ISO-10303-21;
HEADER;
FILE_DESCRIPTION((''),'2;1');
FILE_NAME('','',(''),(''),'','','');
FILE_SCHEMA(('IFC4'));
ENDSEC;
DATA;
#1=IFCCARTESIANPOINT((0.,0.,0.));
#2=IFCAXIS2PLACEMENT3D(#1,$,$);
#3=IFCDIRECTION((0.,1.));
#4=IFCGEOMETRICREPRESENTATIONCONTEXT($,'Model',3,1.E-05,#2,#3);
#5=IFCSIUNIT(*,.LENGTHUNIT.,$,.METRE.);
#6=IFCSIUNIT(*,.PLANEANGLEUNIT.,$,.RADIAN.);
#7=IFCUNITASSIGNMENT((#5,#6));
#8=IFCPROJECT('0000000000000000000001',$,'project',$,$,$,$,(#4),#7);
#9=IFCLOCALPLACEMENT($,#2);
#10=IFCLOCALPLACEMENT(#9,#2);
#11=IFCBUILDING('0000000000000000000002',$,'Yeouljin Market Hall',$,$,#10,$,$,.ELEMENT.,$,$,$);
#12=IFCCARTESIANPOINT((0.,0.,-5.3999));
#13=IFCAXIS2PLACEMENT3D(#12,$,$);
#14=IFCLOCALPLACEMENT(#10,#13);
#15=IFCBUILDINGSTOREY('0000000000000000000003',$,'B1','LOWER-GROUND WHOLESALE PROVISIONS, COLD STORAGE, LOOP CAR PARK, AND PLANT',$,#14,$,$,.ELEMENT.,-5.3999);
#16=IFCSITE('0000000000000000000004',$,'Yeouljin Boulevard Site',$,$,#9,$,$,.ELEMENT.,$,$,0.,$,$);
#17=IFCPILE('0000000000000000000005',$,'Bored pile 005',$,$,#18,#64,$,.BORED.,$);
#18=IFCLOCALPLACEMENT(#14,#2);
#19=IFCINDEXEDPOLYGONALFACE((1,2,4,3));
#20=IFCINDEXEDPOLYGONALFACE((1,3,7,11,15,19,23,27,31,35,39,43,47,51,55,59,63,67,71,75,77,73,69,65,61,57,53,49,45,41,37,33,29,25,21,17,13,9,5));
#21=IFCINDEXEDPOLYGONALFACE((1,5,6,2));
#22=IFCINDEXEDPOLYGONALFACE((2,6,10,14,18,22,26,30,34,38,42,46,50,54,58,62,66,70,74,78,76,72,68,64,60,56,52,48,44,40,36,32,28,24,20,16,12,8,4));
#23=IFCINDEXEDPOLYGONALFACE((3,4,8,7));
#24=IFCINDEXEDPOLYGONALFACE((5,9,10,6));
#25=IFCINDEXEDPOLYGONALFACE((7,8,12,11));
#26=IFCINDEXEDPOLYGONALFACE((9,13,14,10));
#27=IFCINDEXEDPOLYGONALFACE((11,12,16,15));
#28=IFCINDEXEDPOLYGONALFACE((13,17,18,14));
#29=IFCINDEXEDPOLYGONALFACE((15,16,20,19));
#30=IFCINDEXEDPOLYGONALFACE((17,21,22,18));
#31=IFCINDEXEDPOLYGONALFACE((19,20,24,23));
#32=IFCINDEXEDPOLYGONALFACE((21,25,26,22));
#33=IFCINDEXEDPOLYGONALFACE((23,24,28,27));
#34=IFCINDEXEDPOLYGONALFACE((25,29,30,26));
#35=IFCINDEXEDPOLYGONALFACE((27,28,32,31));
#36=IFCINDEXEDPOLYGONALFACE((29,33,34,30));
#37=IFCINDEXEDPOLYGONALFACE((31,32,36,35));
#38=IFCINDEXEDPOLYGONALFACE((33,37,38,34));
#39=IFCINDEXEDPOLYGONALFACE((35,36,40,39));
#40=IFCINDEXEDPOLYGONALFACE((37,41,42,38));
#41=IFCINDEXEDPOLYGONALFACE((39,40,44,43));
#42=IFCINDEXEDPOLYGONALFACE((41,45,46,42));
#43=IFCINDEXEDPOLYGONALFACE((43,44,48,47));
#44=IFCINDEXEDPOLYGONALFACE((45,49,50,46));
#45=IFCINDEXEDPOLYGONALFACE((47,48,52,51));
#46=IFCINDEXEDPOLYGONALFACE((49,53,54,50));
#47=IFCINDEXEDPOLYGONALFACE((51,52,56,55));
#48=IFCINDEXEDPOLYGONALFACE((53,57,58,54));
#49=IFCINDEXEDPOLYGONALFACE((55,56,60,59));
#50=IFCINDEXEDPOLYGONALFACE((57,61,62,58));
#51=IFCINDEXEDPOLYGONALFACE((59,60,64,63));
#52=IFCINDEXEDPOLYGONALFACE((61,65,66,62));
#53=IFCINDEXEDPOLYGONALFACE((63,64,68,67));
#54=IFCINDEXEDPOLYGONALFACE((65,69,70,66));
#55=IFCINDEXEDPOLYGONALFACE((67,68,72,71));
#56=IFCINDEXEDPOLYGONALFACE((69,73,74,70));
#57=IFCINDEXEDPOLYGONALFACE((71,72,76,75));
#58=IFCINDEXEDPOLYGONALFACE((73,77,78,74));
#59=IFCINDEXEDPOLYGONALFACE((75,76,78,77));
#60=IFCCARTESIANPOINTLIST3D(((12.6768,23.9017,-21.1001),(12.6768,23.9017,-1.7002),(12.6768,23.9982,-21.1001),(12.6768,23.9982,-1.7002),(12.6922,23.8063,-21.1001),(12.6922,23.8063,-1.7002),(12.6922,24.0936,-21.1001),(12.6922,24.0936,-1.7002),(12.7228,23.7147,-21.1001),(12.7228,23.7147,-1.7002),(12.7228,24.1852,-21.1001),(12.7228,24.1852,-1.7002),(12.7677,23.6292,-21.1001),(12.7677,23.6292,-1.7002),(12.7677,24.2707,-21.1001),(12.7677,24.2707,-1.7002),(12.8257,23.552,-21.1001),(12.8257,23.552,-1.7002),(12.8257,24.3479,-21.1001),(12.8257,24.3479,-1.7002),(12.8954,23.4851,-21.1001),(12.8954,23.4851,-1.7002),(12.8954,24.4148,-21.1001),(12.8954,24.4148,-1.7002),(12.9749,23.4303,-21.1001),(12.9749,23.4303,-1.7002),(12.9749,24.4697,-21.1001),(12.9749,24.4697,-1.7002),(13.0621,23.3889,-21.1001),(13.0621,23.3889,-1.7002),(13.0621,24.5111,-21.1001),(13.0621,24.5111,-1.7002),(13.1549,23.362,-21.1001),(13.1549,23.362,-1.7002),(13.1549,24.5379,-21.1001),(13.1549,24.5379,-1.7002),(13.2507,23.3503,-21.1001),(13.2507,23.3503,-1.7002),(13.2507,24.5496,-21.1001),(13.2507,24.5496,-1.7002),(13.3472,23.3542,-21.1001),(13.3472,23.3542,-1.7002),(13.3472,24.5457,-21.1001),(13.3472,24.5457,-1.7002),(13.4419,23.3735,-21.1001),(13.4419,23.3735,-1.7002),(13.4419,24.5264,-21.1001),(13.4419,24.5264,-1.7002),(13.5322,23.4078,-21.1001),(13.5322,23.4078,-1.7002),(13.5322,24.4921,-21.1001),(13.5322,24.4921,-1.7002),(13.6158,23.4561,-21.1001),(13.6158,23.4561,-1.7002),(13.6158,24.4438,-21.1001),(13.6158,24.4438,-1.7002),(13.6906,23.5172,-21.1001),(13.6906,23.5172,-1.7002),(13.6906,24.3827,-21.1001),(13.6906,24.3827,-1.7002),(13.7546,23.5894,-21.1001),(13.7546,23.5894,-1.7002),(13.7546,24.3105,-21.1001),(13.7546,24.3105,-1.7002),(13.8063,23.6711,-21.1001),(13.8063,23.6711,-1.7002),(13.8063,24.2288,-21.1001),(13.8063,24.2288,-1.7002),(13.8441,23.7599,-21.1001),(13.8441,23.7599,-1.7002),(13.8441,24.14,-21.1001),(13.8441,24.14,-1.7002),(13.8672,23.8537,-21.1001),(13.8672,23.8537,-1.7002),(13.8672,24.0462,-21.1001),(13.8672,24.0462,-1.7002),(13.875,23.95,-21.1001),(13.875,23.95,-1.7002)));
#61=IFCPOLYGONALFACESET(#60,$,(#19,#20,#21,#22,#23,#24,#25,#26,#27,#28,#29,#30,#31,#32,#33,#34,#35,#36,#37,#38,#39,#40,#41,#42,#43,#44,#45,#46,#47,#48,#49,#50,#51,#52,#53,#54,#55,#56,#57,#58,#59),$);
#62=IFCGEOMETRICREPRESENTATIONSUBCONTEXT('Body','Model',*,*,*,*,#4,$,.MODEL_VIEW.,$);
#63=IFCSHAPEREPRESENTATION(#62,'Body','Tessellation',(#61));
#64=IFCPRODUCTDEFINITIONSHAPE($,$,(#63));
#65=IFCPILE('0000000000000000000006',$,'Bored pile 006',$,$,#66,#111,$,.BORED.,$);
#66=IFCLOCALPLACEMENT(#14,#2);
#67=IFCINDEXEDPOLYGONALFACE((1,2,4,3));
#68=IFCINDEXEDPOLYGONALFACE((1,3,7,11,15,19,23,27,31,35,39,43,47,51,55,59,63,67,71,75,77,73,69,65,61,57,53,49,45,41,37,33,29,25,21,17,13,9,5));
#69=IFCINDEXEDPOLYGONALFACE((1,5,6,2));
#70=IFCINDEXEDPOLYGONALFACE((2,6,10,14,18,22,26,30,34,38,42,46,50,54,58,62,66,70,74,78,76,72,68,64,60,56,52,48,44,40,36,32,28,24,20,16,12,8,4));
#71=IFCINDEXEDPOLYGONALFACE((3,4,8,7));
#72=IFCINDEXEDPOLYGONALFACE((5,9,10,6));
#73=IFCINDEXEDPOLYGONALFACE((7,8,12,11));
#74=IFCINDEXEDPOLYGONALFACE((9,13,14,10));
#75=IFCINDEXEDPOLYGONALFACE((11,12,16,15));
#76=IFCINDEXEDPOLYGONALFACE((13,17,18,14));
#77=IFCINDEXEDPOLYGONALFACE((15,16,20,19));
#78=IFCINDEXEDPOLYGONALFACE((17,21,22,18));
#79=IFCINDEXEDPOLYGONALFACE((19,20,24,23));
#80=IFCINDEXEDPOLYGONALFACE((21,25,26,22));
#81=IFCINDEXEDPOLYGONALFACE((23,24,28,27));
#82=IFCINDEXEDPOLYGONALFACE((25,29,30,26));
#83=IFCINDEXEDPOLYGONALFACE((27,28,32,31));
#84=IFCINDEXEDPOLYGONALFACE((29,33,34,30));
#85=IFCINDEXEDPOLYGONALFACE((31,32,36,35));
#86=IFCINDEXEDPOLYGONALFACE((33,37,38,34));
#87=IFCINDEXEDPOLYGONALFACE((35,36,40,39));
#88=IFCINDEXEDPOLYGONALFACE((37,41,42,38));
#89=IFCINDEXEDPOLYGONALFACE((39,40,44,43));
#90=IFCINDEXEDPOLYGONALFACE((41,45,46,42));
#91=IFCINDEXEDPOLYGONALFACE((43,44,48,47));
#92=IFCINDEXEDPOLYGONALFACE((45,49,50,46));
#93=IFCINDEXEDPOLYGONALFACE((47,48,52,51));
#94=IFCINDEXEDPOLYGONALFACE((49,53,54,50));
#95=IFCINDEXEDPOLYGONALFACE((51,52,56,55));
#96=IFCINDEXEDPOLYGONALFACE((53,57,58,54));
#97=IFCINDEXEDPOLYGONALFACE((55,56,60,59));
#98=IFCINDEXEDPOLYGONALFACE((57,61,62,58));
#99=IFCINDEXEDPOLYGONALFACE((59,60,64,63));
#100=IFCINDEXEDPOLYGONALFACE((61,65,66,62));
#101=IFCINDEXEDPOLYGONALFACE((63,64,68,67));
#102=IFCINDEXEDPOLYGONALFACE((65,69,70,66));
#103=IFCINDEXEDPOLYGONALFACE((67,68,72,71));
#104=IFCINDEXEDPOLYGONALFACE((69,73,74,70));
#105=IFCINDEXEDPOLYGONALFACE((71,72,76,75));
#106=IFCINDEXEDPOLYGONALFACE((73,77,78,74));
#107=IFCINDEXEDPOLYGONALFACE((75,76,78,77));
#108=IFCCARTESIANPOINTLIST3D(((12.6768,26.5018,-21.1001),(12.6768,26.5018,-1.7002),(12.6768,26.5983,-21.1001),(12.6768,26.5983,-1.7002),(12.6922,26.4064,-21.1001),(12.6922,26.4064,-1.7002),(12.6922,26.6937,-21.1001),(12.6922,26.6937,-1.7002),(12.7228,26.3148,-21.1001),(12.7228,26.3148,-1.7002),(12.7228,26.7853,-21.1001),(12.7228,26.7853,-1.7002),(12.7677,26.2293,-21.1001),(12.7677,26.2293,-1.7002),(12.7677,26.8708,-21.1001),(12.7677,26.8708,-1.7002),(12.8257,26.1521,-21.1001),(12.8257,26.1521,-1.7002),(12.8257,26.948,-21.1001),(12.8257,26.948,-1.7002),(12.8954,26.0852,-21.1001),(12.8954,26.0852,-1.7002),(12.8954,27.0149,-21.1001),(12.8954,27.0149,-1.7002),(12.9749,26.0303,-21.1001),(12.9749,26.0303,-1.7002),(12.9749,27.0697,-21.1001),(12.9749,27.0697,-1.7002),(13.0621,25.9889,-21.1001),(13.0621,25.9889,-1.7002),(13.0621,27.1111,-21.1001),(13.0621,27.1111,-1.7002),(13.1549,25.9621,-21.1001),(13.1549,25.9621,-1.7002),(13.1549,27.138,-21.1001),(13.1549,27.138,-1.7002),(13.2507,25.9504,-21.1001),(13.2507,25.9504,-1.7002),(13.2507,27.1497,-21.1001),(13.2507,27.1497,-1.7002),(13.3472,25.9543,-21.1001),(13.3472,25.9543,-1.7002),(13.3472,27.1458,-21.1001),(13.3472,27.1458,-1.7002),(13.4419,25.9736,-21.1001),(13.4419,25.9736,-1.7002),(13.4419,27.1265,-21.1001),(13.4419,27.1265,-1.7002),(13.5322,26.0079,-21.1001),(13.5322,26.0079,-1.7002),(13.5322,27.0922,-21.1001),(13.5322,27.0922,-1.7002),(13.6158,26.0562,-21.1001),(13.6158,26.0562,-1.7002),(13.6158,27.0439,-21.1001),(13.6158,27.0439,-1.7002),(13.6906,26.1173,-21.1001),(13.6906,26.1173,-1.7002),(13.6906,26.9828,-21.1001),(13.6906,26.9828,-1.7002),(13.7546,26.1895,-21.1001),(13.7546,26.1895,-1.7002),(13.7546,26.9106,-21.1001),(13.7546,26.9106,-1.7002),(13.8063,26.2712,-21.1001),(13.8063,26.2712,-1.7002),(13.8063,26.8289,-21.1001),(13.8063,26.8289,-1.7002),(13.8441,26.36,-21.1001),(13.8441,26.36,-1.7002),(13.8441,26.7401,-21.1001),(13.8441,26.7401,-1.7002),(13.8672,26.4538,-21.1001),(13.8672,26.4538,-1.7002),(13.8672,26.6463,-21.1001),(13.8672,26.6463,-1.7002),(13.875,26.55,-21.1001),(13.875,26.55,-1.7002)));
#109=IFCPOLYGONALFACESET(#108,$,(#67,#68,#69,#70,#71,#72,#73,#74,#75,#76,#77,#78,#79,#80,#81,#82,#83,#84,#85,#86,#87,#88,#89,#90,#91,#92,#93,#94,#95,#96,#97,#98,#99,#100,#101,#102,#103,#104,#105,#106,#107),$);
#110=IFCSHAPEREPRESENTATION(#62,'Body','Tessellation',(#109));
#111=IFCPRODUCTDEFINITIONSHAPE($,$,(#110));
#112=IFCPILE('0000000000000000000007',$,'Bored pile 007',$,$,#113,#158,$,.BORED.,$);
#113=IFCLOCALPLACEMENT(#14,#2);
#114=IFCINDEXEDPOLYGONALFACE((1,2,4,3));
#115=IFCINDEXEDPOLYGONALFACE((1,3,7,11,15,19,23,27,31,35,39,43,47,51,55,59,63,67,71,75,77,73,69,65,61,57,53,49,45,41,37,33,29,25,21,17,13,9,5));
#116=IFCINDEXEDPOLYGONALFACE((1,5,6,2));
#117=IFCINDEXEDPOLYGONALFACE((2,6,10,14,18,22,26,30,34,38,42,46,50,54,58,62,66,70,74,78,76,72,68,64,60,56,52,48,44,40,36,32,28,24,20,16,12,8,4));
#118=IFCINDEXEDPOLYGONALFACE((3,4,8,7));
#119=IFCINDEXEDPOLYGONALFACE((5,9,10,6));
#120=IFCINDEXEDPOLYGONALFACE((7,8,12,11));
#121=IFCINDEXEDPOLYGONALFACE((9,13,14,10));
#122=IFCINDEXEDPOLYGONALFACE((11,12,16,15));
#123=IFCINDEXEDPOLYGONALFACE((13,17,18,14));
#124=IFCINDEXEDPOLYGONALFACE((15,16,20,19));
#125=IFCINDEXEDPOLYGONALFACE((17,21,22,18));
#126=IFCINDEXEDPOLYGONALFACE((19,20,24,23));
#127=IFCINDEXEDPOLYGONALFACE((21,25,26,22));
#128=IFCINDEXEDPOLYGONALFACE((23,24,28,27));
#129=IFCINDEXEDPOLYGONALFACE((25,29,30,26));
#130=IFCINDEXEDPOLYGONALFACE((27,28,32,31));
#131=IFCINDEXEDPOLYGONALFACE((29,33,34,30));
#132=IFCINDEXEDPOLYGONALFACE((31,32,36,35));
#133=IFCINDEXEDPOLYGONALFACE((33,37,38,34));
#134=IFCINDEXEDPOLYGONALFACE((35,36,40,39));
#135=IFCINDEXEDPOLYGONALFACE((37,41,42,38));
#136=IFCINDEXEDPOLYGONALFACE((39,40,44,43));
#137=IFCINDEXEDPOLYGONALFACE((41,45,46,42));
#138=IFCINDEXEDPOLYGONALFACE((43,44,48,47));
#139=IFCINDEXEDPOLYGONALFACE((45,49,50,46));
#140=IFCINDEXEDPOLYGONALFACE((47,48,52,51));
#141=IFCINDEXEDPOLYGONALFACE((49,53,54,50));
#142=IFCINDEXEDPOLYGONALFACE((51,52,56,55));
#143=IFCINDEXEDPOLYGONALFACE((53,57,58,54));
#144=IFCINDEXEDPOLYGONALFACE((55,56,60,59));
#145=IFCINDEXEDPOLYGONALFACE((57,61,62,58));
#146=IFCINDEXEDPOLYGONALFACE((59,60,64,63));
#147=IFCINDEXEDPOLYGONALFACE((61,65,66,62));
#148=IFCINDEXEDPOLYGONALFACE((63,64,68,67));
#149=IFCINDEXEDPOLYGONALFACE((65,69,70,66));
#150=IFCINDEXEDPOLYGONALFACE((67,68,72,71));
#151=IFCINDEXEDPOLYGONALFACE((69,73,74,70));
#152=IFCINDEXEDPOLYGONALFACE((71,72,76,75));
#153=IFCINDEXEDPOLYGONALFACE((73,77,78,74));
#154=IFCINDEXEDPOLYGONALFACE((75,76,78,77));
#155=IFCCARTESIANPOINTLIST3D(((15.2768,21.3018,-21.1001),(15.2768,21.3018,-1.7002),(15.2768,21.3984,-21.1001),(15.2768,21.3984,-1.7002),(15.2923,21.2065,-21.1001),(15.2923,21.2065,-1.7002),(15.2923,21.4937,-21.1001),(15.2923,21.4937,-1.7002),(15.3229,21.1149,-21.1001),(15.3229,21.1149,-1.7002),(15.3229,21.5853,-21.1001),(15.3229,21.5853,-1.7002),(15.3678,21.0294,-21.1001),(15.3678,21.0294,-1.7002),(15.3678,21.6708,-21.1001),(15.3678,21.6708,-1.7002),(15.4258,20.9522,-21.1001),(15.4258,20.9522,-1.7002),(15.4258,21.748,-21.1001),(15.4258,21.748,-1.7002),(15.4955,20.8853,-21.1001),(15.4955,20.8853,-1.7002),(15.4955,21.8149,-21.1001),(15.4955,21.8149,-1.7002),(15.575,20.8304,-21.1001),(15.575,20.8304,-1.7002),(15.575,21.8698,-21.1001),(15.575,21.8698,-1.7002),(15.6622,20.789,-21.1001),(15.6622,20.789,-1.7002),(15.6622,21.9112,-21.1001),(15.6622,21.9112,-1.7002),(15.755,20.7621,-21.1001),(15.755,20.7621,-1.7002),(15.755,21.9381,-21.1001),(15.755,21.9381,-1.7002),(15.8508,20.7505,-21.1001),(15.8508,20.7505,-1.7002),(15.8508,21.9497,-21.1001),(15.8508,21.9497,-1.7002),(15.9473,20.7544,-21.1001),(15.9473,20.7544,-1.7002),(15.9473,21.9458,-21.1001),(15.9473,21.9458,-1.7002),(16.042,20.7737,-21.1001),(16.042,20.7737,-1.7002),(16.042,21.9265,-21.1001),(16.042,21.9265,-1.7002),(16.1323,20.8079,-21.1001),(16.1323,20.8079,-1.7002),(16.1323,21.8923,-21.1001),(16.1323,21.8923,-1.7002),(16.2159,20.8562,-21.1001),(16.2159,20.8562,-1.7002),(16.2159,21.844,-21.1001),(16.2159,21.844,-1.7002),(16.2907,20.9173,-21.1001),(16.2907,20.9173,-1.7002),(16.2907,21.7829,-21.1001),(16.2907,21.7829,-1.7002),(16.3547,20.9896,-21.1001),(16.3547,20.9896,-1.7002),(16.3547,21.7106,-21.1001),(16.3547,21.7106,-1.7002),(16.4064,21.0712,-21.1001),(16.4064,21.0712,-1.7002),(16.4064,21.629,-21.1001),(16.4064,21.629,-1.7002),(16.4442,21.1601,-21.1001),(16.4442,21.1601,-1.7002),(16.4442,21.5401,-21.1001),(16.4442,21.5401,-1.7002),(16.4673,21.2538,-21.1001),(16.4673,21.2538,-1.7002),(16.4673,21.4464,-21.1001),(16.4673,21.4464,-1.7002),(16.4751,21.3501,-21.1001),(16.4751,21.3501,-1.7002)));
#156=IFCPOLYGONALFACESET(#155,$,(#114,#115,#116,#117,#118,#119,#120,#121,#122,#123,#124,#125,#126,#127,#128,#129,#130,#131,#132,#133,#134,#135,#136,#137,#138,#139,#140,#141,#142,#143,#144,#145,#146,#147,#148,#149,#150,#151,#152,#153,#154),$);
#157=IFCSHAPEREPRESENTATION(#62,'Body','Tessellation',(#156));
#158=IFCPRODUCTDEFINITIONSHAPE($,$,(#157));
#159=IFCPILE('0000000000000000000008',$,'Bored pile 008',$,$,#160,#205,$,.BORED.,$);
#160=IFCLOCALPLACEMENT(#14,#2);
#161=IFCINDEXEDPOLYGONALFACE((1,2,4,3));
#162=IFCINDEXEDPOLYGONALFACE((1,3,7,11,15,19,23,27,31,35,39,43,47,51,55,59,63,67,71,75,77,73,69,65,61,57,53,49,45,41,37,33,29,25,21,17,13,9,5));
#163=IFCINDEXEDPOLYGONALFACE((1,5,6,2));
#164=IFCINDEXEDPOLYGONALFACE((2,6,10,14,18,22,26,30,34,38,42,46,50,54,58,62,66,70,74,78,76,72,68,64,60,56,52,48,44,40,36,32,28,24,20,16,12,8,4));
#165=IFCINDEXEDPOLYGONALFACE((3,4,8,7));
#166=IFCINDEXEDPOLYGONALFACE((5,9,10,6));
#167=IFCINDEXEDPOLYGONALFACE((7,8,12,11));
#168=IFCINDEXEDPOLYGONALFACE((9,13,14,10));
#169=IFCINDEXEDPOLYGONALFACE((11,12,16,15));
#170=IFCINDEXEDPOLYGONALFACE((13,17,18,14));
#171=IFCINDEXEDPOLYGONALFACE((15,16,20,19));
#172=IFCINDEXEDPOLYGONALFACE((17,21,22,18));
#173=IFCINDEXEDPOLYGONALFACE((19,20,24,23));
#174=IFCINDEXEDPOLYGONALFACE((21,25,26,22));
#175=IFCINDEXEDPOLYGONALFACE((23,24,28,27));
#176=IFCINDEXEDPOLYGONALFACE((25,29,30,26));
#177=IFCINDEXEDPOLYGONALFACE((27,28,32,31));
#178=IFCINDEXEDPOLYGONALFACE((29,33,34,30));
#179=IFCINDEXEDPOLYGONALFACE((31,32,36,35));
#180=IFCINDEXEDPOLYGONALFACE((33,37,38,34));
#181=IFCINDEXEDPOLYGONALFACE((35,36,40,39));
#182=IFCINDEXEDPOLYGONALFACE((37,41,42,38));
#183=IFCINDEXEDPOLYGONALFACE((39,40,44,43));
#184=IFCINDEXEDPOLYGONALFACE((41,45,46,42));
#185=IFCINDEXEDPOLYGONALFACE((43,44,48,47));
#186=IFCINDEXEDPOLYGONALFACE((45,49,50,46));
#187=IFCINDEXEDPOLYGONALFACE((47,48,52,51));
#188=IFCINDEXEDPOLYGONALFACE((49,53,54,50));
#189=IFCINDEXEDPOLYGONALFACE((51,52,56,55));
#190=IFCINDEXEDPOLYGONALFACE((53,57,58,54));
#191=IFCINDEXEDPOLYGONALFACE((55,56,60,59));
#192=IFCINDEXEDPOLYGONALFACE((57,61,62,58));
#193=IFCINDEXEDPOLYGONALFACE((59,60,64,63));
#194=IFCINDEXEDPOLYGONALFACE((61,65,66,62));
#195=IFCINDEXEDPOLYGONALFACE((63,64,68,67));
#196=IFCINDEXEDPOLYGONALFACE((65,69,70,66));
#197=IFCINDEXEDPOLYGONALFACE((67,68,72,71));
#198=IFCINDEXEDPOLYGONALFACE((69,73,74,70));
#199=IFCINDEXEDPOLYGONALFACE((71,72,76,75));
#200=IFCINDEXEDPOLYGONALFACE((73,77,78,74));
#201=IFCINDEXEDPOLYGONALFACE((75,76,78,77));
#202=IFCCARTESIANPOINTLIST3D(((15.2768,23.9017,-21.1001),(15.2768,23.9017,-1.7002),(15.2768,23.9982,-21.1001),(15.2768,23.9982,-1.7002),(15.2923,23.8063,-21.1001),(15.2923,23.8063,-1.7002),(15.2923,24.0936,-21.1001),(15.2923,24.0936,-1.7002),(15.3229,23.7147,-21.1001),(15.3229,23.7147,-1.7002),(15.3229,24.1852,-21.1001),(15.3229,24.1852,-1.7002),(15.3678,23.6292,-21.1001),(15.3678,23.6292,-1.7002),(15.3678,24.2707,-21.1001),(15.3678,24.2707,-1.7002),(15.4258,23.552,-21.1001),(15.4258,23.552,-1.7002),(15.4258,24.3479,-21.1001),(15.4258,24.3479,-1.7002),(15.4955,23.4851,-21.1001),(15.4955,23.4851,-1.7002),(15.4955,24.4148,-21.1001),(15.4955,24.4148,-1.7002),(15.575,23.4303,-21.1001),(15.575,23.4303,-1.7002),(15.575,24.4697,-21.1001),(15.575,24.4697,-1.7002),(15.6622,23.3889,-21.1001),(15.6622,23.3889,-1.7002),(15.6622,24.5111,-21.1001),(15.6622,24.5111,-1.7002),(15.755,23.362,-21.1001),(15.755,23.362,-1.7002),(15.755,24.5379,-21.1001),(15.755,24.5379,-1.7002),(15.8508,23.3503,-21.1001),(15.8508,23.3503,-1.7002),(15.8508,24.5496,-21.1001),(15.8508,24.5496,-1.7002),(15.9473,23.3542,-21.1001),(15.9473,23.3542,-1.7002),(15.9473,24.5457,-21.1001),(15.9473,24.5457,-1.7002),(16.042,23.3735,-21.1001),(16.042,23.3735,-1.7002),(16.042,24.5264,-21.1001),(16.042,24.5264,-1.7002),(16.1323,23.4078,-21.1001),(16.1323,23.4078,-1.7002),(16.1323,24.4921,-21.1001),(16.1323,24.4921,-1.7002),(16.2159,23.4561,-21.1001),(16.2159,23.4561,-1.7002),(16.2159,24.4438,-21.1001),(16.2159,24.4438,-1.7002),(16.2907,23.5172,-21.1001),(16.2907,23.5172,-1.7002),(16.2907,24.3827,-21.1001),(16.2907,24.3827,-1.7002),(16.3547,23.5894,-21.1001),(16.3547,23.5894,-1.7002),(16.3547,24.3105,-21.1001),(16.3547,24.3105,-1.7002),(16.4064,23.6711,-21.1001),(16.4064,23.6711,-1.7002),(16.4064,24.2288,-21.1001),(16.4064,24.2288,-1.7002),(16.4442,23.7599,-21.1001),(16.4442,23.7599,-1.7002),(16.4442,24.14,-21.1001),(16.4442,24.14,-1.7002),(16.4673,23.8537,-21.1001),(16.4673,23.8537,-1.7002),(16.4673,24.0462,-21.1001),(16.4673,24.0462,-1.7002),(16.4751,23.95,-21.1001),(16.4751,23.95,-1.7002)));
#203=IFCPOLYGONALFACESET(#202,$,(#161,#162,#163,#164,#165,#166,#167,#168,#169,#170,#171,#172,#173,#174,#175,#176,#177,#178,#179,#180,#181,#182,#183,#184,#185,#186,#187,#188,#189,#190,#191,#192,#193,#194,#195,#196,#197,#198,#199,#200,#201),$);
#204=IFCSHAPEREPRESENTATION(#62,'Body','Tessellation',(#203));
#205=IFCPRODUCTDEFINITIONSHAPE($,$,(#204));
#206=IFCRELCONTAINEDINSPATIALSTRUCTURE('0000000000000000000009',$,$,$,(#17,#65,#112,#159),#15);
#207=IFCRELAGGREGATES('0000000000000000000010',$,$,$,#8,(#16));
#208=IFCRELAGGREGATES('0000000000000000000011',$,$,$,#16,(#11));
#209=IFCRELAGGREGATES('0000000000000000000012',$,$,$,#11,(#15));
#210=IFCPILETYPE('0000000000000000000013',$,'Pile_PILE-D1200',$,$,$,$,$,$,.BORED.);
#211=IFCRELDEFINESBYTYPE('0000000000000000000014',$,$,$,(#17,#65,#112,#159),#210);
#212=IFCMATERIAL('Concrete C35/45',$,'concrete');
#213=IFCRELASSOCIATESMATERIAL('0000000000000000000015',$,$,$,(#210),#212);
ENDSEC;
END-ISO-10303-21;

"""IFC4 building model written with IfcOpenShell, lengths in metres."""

from ifc_helpers import new_model, si_unit, direction, frame, origin, origin_2d, place, context, subcontext, project, spatial, circle, extrude, material, material_profile, profile_set, type_object, element, save


model = new_model("IFC4")

# Units and contexts
model_context = context("Model", 3, precision=1e-05, world=origin(), true_north=direction((0.0, 1.0)))
body_context = subcontext(model_context, "Body", "Model", "MODEL_VIEW")
ifc_project = project(units=[si_unit("LENGTHUNIT", "METRE"), si_unit("PLANEANGLEUNIT", "RADIAN")], contexts=[model_context])

# Site, building, storey
site_placement = place(None, origin())
site = spatial("IfcSite", under=ifc_project, at=site_placement, Name="Yeouljin Boulevard Site", CompositionType="ELEMENT", RefElevation=0.0)
building_placement = place(site_placement, origin())
building = spatial("IfcBuilding", under=site, at=building_placement, Name="Yeouljin Market Hall", CompositionType="ELEMENT")
storey_placement = place(building_placement, frame((0.0, 0.0, -5.3999)))
storey = spatial("IfcBuildingStorey", under=building, at=storey_placement, Name="B1", Description="LOWER-GROUND WHOLESALE PROVISIONS, COLD STORAGE, LOOP CAR PARK, AND PLANT", CompositionType="ELEMENT", Elevation=-5.3999)

# Piles
ifc_material_1 = material(Name="Concrete C35/45", Category="concrete")
ifc_material_profile_1 = material_profile(ifc_material_1, circle(Radius=0.6001, at=origin_2d()), Name="PILE-D1200")
ifc_profile_set_1 = profile_set([ifc_material_profile_1], Name="Concrete C35/45")
pile_type = type_object("IfcPileType", Name="Pile_PILE-D1200", PredefinedType="BORED", material=ifc_profile_set_1)
for number, where, z_axis, x_axis, name in (
    (1, (13.2749, 23.95, -1.7002), (0.0, 0.0, -1.0), (1.0, 0.0, 0.0), "Bored pile 005"),
    (2, (13.2749, 26.55, -1.7002), (0.0, 0.0, -1.0), (1.0, 0.0, 0.0), "Bored pile 006"),
    (3, (15.875, 21.3501, -1.7002), (0.0, 0.0, -1.0), (1.0, 0.0, 0.0), "Bored pile 007"),
    (4, (15.875, 23.95, -1.7002), (0.0, 0.0, -1.0), (1.0, 0.0, 0.0), "Bored pile 008"),
):
    element("IfcPile", number, at=place(storey_placement, frame(where, z_axis=z_axis, x_axis=x_axis)), inside=storey, type_object=pile_type, Name=name, PredefinedType="BORED", context=body_context, shape_type="SweptSolid", body=[
        extrude(circle(Radius=0.6001, at=origin_2d()), origin(), (0.0, 0.0, 1.0), 19.3999),
    ])

save(model, "model.ifc")
